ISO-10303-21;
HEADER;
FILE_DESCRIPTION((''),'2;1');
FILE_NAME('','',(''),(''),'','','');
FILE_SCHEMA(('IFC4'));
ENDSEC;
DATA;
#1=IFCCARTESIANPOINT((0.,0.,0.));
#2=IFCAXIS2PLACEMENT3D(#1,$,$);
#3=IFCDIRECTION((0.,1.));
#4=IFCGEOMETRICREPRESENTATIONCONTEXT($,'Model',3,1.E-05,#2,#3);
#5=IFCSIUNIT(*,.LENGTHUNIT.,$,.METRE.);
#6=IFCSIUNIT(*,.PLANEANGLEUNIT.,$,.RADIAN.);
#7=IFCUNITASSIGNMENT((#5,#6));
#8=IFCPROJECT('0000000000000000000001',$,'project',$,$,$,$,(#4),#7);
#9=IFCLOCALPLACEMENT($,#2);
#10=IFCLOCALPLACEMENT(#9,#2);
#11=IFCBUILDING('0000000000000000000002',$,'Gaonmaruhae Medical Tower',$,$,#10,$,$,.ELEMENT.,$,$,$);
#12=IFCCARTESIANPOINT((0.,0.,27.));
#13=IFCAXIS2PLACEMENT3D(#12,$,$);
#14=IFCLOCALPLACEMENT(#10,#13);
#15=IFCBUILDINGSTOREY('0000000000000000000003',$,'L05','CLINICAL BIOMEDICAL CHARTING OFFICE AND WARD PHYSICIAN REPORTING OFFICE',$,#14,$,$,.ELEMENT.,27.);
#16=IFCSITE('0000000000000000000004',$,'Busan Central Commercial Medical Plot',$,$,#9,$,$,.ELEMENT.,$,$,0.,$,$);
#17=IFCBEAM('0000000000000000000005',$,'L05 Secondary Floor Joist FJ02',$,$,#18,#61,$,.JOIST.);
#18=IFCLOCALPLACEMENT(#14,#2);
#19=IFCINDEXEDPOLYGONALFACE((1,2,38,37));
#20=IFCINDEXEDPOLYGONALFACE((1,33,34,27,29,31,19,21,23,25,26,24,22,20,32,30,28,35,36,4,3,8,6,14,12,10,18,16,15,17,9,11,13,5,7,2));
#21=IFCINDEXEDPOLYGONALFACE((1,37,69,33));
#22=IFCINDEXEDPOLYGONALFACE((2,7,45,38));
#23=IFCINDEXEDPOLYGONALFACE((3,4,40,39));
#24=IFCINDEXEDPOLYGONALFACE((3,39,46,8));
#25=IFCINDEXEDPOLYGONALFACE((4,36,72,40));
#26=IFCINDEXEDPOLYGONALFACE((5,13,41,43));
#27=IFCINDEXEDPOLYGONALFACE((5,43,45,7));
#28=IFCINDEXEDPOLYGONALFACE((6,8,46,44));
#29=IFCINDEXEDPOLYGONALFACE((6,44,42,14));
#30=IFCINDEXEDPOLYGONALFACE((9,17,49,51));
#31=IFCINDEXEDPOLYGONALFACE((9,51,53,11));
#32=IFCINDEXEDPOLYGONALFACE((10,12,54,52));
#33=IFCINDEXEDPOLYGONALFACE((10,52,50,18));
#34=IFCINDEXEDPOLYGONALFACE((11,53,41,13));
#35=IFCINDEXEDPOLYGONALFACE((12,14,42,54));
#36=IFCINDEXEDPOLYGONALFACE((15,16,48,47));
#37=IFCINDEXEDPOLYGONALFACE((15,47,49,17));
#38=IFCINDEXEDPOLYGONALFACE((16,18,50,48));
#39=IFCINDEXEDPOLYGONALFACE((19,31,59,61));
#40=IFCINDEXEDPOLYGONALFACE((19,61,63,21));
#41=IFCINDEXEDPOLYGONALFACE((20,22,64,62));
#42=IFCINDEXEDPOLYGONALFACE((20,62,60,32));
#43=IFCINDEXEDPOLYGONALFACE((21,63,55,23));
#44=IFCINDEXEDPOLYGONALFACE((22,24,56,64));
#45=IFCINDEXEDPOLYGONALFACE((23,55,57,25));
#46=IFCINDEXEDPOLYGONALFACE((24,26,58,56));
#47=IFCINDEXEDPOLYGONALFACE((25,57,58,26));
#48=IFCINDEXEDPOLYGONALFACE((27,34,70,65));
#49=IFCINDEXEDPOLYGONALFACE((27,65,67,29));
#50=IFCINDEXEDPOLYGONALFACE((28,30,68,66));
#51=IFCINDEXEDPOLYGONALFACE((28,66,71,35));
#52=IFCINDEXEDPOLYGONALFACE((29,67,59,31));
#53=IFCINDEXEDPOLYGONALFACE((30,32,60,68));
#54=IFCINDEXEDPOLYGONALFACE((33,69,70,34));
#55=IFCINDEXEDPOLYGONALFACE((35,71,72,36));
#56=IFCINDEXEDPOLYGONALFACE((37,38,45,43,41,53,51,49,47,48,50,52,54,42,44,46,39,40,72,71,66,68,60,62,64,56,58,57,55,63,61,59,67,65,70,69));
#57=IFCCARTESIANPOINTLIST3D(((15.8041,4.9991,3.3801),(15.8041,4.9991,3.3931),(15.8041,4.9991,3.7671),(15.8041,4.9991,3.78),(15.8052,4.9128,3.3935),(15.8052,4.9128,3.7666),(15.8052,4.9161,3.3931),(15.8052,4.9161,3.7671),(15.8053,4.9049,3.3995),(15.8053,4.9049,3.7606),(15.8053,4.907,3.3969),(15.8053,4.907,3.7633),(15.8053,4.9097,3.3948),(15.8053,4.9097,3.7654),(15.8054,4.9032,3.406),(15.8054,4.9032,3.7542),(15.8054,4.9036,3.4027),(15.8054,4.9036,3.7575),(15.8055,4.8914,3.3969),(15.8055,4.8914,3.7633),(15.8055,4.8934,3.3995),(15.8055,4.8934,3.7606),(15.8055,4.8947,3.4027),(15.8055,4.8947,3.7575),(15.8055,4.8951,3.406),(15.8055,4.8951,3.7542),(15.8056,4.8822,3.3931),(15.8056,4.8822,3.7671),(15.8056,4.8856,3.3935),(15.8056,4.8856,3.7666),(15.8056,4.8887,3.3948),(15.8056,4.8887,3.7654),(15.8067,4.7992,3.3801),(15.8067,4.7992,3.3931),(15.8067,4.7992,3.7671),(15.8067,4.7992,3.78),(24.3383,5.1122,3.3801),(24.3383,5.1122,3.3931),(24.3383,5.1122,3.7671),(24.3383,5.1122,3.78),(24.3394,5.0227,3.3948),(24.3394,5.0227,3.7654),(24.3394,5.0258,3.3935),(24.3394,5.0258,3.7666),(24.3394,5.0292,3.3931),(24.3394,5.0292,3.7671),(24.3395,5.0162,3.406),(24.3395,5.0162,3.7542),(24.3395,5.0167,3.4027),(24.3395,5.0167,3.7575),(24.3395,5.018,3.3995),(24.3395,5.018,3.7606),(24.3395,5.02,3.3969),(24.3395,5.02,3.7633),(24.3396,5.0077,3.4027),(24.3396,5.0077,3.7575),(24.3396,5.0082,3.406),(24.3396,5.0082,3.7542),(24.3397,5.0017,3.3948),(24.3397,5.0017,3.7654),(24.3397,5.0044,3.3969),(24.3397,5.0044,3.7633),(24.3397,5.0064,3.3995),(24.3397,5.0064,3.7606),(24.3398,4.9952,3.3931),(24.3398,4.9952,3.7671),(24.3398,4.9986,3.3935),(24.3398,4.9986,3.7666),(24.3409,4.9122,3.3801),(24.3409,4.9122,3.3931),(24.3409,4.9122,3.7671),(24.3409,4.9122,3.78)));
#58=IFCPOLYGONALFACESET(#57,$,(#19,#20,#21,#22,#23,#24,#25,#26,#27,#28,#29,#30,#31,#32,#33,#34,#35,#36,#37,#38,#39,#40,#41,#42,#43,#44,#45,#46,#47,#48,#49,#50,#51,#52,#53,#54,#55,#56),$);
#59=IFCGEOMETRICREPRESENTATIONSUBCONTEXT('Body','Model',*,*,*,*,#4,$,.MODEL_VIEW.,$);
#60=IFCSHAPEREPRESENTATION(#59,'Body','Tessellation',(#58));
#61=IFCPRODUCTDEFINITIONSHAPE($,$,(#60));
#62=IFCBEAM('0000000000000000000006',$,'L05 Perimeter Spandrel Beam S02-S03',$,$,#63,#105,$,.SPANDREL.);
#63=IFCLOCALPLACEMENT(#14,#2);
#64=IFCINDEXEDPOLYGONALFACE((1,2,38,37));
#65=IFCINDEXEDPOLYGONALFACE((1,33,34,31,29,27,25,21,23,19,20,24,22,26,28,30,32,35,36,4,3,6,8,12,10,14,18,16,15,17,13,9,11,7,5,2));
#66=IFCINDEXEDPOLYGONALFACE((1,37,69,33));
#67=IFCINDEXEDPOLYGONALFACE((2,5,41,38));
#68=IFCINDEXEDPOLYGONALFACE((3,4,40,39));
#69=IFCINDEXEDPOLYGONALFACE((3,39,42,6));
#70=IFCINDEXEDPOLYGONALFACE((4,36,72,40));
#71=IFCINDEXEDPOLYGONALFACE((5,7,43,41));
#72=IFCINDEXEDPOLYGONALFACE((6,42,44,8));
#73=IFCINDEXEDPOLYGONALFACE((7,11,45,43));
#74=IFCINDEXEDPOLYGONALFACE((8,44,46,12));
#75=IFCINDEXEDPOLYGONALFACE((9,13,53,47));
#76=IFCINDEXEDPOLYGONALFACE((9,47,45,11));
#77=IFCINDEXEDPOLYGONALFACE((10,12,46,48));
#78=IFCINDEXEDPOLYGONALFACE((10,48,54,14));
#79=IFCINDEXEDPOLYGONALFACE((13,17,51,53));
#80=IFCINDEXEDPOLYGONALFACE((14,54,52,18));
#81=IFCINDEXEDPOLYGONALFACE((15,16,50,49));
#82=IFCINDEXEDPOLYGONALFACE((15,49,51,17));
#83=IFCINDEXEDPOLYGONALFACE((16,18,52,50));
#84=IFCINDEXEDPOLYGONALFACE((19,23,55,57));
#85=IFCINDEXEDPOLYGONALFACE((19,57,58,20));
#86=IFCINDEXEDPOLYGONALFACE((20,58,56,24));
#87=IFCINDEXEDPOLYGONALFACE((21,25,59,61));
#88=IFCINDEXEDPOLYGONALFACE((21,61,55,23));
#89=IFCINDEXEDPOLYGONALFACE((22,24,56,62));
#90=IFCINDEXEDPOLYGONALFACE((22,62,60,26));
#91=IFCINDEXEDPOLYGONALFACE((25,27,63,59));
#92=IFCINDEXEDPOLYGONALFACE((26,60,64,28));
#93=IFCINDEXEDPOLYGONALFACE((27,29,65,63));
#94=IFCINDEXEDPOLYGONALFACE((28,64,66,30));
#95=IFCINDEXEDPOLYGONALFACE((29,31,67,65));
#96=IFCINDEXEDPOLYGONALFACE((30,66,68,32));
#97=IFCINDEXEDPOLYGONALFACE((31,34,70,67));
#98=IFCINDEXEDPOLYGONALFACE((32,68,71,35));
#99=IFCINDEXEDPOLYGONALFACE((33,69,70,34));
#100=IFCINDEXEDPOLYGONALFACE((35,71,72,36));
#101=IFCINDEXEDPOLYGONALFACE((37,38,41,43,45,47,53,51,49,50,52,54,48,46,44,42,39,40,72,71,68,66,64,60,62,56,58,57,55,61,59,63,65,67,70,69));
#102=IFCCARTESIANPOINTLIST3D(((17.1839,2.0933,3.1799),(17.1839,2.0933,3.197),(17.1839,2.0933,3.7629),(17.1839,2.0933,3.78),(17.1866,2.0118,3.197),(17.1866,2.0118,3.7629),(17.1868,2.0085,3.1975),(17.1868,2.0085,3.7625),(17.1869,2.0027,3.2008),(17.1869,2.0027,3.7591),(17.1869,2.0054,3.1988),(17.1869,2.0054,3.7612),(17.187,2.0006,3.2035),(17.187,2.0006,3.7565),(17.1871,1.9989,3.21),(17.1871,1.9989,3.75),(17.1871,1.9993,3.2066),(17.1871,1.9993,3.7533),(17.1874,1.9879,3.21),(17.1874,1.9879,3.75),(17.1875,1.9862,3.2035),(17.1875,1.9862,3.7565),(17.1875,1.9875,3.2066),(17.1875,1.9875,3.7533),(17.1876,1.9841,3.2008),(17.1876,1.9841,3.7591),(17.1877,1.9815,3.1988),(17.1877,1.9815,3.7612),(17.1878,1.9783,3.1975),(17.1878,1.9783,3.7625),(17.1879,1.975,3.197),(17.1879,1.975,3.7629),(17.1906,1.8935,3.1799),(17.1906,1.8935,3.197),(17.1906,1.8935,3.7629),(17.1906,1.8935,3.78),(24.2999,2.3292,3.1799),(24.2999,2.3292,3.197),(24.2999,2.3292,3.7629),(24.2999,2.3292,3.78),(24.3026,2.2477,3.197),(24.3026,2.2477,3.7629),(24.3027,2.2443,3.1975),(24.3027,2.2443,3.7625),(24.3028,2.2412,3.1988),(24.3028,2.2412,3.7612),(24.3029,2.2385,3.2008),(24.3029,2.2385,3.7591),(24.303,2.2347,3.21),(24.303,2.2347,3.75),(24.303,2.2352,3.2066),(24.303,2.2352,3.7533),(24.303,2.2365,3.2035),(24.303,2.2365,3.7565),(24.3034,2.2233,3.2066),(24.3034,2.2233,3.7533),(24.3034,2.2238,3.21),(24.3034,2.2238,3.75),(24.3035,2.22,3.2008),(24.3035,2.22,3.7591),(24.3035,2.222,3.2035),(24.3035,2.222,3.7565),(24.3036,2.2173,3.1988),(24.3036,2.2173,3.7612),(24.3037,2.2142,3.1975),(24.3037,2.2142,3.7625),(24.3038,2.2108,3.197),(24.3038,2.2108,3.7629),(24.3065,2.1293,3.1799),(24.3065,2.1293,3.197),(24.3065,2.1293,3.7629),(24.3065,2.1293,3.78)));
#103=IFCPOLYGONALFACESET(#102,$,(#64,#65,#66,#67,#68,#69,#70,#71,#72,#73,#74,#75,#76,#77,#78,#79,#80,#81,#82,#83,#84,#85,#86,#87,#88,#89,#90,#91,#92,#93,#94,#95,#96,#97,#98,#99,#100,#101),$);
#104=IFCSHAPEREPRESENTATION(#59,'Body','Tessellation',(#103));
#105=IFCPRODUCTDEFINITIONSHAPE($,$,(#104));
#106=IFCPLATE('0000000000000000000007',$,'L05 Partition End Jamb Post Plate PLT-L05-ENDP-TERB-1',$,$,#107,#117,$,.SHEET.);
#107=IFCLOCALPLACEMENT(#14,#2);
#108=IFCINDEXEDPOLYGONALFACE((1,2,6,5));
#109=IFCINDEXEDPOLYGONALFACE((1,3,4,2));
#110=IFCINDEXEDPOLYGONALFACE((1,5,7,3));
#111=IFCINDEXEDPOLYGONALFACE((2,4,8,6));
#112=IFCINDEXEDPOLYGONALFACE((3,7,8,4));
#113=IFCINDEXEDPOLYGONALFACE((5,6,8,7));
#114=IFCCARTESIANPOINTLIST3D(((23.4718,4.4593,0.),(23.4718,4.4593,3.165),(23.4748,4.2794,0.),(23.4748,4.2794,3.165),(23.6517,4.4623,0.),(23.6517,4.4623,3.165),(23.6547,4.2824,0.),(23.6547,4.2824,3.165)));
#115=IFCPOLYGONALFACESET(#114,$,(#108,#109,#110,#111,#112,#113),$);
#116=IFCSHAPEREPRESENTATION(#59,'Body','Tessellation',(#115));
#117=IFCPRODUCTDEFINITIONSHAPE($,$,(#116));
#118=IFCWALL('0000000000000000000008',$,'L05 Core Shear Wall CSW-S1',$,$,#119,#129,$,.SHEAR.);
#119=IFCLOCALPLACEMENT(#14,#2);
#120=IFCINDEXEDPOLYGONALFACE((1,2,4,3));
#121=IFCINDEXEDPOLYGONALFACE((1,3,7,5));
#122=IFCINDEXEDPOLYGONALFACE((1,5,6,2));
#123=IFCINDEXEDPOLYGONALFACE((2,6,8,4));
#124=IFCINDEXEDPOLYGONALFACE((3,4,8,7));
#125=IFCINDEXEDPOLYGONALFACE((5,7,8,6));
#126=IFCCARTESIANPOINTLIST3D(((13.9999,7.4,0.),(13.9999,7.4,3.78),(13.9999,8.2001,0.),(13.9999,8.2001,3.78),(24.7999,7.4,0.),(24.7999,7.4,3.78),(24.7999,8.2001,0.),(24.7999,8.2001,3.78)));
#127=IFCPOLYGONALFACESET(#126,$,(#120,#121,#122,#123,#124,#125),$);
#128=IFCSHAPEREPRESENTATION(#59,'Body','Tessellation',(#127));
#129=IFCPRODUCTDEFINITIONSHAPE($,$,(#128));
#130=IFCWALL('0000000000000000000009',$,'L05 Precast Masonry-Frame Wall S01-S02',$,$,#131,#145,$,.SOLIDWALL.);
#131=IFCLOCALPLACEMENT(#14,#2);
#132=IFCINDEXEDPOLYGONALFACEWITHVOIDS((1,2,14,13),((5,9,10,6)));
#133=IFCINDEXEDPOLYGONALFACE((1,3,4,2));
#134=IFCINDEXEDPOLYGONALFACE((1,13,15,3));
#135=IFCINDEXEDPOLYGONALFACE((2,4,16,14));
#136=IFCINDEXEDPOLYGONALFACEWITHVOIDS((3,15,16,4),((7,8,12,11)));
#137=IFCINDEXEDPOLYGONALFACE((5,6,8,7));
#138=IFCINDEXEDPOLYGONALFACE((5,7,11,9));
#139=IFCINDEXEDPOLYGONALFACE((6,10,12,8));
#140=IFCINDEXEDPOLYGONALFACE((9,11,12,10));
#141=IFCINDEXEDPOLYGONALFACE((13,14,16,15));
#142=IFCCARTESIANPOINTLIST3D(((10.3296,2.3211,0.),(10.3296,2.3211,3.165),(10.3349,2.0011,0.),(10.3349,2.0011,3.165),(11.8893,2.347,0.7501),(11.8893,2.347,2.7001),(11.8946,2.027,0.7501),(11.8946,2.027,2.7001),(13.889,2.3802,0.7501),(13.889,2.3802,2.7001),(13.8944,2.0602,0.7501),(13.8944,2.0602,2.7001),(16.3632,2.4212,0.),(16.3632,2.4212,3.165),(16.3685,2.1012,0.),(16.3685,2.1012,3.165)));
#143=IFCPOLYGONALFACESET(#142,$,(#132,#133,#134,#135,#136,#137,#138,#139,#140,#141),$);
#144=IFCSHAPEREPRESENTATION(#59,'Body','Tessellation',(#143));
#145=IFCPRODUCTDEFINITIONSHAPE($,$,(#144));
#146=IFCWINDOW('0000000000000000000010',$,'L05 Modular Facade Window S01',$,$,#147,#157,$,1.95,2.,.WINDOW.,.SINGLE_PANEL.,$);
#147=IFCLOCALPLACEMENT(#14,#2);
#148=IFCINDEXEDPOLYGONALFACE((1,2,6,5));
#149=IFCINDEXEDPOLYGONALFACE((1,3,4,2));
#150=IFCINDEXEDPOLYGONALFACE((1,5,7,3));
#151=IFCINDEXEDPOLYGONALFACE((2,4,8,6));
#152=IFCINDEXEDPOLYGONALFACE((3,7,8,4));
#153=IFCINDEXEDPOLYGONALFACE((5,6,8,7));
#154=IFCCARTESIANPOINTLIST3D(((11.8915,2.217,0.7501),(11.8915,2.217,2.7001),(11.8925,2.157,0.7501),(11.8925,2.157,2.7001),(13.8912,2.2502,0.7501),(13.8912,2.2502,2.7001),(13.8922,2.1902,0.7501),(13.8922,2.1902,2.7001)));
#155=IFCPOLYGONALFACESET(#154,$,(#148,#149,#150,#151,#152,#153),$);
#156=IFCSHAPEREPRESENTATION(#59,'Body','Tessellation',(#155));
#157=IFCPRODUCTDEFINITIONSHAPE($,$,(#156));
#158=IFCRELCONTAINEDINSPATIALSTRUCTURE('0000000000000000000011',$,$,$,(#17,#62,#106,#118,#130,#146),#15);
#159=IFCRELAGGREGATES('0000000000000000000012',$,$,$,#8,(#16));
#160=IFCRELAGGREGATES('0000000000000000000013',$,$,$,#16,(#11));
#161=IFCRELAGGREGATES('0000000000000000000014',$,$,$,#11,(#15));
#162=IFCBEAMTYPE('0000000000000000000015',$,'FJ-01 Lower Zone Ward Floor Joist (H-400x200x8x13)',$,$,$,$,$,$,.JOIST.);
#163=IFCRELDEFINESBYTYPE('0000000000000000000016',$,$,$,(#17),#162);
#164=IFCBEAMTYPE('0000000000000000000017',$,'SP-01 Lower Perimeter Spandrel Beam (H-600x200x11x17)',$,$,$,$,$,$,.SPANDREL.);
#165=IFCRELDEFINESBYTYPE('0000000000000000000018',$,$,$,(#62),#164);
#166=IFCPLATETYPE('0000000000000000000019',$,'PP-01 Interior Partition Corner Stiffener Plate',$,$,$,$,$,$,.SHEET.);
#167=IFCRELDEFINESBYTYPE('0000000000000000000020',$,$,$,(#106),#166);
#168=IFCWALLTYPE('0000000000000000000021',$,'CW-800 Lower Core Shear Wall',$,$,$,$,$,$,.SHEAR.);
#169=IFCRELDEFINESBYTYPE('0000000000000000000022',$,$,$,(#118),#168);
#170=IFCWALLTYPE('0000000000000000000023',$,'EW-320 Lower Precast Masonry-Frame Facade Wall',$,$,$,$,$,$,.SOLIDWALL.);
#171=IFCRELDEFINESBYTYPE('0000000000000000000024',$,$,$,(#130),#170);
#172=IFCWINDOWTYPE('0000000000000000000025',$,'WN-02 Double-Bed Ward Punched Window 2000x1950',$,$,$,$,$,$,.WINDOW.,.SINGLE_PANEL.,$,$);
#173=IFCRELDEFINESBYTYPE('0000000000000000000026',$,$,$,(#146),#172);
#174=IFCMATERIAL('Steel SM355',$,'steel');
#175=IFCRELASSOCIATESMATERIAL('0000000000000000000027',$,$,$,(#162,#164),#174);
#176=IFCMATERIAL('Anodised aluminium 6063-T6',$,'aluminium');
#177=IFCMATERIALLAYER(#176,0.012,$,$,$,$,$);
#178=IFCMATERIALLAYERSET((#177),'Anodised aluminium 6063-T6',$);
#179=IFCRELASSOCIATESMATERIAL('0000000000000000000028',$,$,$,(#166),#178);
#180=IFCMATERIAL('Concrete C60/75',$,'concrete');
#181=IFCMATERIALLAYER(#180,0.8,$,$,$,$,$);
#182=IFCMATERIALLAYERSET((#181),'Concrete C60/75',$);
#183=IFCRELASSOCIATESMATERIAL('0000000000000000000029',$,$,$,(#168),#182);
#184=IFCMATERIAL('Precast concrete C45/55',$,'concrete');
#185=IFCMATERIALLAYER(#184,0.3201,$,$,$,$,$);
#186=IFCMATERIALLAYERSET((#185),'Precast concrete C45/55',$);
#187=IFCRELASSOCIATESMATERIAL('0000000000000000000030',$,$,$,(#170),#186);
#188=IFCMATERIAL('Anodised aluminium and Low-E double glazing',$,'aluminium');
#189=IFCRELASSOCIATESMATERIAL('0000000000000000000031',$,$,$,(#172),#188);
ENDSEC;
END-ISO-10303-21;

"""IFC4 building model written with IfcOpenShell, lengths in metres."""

from ifc_helpers import new_model, si_unit, direction, frame, frame_2d, origin, origin_2d, place, context, subcontext, project, spatial, rectangle, i_section, extrude, material, layer, layer_set, material_profile, profile_set, type_object, element, fill, save


model = new_model("IFC4")

# Units and contexts
model_context = context("Model", 3, precision=1e-05, world=origin(), true_north=direction((0.0, 1.0)))
body_context = subcontext(model_context, "Body", "Model", "MODEL_VIEW")
ifc_project = project(units=[si_unit("LENGTHUNIT", "METRE"), si_unit("PLANEANGLEUNIT", "RADIAN")], contexts=[model_context])

# Site, building, storey
site_placement = place(None, origin())
site = spatial("IfcSite", under=ifc_project, at=site_placement, Name="Busan Central Commercial Medical Plot", CompositionType="ELEMENT", RefElevation=0.0)
building_placement = place(site_placement, origin())
building = spatial("IfcBuilding", under=site, at=building_placement, Name="Gaonmaruhae Medical Tower", CompositionType="ELEMENT")
storey_placement = place(building_placement, frame((0.0, 0.0, 27.0)))
storey = spatial("IfcBuildingStorey", under=building, at=storey_placement, Name="L05", Description="CLINICAL BIOMEDICAL CHARTING OFFICE AND WARD PHYSICIAN REPORTING OFFICE", CompositionType="ELEMENT", Elevation=27.0)

# Shared definitions
ifc_material_1 = material(Name="Concrete C60/75", Category="concrete")

# Beams
ifc_material_2 = material(Name="Steel SM355", Category="steel")
ifc_material_profile_1 = material_profile(ifc_material_2, i_section(OverallWidth=0.2, OverallDepth=0.3999, WebThickness=0.0081, FlangeThickness=0.0129, FilletRadius=0.0129, at=origin_2d()), Name="H-400x200x8x13")
ifc_profile_set_1 = profile_set([ifc_material_profile_1], Name="Steel SM355")
beam_type_1 = type_object("IfcBeamType", Name="FJ-01 Lower Zone Ward Floor Joist (H-400x200x8x13)", PredefinedType="JOIST", material=ifc_profile_set_1)
beam_1_placement = place(storey_placement, frame((15.8054, 4.8992, 3.5801), z_axis=(0.999912, 0.013244, 0.0), x_axis=(-0.013244, 0.999912, 0.0)))
element("IfcBeam", 1, at=beam_1_placement, inside=storey, type_object=beam_type_1, Name="L05 Secondary Floor Joist FJ02", PredefinedType="JOIST", context=body_context, shape_type="SweptSolid", body=[
    extrude(i_section(OverallWidth=0.2, OverallDepth=0.3999, WebThickness=0.0081, FlangeThickness=0.0129, FilletRadius=0.0129, at=origin_2d()), origin(), (0.0, 0.0, 1.0), 8.5349),
])
ifc_material_profile_2 = material_profile(ifc_material_2, i_section(OverallWidth=0.2, OverallDepth=0.6001, WebThickness=0.011, FlangeThickness=0.0171, FilletRadius=0.0129, at=origin_2d()), Name="H-600x200x11x17")
ifc_profile_set_2 = profile_set([ifc_material_profile_2], Name="Steel SM355")
beam_type_2 = type_object("IfcBeamType", Name="SP-01 Lower Perimeter Spandrel Beam (H-600x200x11x17)", PredefinedType="SPANDREL", material=ifc_profile_set_2)
beam_2_placement = place(storey_placement, frame((17.1873, 1.9934, 3.48), z_axis=(0.999451, 0.033124, 0.0), x_axis=(-0.033124, 0.999451, 0.0)))
element("IfcBeam", 2, at=beam_2_placement, inside=storey, type_object=beam_type_2, Name="L05 Perimeter Spandrel Beam S02-S03", PredefinedType="SPANDREL", context=body_context, shape_type="SweptSolid", body=[
    extrude(i_section(OverallWidth=0.2, OverallDepth=0.6001, WebThickness=0.011, FlangeThickness=0.0171, FilletRadius=0.0129, at=origin_2d()), origin(), (0.0, 0.0, 1.0), 7.1199),
])

# Plate
ifc_material_3 = material(Name="Anodised aluminium 6063-T6", Category="aluminium")
ifc_layer_1 = layer(ifc_material_3, 0.012)
ifc_layer_set_1 = layer_set([ifc_layer_1], Name="Anodised aluminium 6063-T6")
plate_type = type_object("IfcPlateType", Name="PP-01 Interior Partition Corner Stiffener Plate", PredefinedType="SHEET", material=ifc_layer_set_1)
plate_placement = place(storey_placement, frame((23.5632, 4.3708, 0.0), z_axis=(0.0, 0.0, 1.0), x_axis=(-0.999863, -0.01658, 0.0)))
element("IfcPlate", 3, at=plate_placement, inside=storey, type_object=plate_type, Name="L05 Partition End Jamb Post Plate PLT-L05-ENDP-TERB-1", PredefinedType="SHEET", context=body_context, shape_type="SweptSolid", body=[
    extrude(rectangle(XDim=0.1799, YDim=0.1799, at=origin_2d()), origin(), (0.0, 0.0, 1.0), 3.165),
])

# Wall
ifc_layer_2 = layer(ifc_material_1, 0.8)
ifc_layer_set_2 = layer_set([ifc_layer_2], Name="Concrete C60/75")
wall_type_1 = type_object("IfcWallType", Name="CW-800 Lower Core Shear Wall", PredefinedType="SHEAR", material=ifc_layer_set_2)
wall_1_placement = place(storey_placement, frame((14.0, 7.8, 0.0), z_axis=(0.0, 0.0, 1.0), x_axis=(1.0, 0.0, 0.0)))
element("IfcWall", 4, at=wall_1_placement, inside=storey, type_object=wall_type_1, Name="L05 Core Shear Wall CSW-S1", PredefinedType="SHEAR", context=body_context, shape_type="SweptSolid", body=[
    extrude(rectangle(XDim=10.8, YDim=0.8, at=frame_2d((5.3999, 0.0))), origin(), (0.0, 0.0, 1.0), 3.78),
])

# Wall, opening, window
ifc_material_4 = material(Name="Precast concrete C45/55", Category="concrete")
ifc_layer_3 = layer(ifc_material_4, 0.3201)
ifc_layer_set_3 = layer_set([ifc_layer_3], Name="Precast concrete C45/55")
wall_type_2 = type_object("IfcWallType", Name="EW-320 Lower Precast Masonry-Frame Facade Wall", PredefinedType="SOLIDWALL", material=ifc_layer_set_3)
wall_2_placement = place(storey_placement, frame((16.3657, 2.2612, 0.0), z_axis=(0.0, 0.0, 1.0), x_axis=(-0.999862, -0.016588, 0.0)))
wall_2 = element("IfcWall", 5, at=wall_2_placement, inside=storey, type_object=wall_type_2, Name="L05 Precast Masonry-Frame Wall S01-S02", PredefinedType="SOLIDWALL", context=body_context, shape_type="SweptSolid", body=[
    extrude(rectangle(XDim=6.0344, YDim=0.3201, at=frame_2d((3.0171, 0.0))), origin(), (0.0, 0.0, 1.0), 3.165),
])
opening_1_placement = place(wall_2_placement, frame((2.4744, 0.0, 0.75)))
opening_1 = element("IfcOpeningElement", 6, at=opening_1_placement, cuts=wall_2, PredefinedType="OPENING", context=body_context, shape_type="SweptSolid", body=[
    extrude(rectangle(XDim=2.0, YDim=1.95, at=frame_2d((1.0, 0.9751))), frame((0.0, 0.1699, 0.0), z_axis=(0.0, -1.0, 0.0), x_axis=(1.0, 0.0, 0.0)), (0.0, 0.0, 1.0), 0.3401),
])
ifc_material_5 = material(Name="Anodised aluminium and Low-E double glazing", Category="aluminium")
window_type_1 = type_object("IfcWindowType", Name="WN-02 Double-Bed Ward Punched Window 2000x1950", PartitioningType="SINGLE_PANEL", PredefinedType="WINDOW", material=ifc_material_5)
window_1_placement = place(opening_1_placement, origin())
window_1 = element("IfcWindow", 7, at=window_1_placement, inside=storey, type_object=window_type_1, Name="L05 Modular Facade Window S01", OverallHeight=1.95, OverallWidth=2.0, PartitioningType="SINGLE_PANEL", PredefinedType="WINDOW", context=body_context, shape_type="SweptSolid", body=[
    extrude(rectangle(XDim=2.0, YDim=1.95, at=frame_2d((1.0, 0.9751))), frame((0.0, 0.03, 0.0), z_axis=(0.0, -1.0, 0.0), x_axis=(1.0, 0.0, 0.0)), (0.0, 0.0, 1.0), 0.0601),
])
fill(opening_1, window_1)

save(model, "model.ifc")
